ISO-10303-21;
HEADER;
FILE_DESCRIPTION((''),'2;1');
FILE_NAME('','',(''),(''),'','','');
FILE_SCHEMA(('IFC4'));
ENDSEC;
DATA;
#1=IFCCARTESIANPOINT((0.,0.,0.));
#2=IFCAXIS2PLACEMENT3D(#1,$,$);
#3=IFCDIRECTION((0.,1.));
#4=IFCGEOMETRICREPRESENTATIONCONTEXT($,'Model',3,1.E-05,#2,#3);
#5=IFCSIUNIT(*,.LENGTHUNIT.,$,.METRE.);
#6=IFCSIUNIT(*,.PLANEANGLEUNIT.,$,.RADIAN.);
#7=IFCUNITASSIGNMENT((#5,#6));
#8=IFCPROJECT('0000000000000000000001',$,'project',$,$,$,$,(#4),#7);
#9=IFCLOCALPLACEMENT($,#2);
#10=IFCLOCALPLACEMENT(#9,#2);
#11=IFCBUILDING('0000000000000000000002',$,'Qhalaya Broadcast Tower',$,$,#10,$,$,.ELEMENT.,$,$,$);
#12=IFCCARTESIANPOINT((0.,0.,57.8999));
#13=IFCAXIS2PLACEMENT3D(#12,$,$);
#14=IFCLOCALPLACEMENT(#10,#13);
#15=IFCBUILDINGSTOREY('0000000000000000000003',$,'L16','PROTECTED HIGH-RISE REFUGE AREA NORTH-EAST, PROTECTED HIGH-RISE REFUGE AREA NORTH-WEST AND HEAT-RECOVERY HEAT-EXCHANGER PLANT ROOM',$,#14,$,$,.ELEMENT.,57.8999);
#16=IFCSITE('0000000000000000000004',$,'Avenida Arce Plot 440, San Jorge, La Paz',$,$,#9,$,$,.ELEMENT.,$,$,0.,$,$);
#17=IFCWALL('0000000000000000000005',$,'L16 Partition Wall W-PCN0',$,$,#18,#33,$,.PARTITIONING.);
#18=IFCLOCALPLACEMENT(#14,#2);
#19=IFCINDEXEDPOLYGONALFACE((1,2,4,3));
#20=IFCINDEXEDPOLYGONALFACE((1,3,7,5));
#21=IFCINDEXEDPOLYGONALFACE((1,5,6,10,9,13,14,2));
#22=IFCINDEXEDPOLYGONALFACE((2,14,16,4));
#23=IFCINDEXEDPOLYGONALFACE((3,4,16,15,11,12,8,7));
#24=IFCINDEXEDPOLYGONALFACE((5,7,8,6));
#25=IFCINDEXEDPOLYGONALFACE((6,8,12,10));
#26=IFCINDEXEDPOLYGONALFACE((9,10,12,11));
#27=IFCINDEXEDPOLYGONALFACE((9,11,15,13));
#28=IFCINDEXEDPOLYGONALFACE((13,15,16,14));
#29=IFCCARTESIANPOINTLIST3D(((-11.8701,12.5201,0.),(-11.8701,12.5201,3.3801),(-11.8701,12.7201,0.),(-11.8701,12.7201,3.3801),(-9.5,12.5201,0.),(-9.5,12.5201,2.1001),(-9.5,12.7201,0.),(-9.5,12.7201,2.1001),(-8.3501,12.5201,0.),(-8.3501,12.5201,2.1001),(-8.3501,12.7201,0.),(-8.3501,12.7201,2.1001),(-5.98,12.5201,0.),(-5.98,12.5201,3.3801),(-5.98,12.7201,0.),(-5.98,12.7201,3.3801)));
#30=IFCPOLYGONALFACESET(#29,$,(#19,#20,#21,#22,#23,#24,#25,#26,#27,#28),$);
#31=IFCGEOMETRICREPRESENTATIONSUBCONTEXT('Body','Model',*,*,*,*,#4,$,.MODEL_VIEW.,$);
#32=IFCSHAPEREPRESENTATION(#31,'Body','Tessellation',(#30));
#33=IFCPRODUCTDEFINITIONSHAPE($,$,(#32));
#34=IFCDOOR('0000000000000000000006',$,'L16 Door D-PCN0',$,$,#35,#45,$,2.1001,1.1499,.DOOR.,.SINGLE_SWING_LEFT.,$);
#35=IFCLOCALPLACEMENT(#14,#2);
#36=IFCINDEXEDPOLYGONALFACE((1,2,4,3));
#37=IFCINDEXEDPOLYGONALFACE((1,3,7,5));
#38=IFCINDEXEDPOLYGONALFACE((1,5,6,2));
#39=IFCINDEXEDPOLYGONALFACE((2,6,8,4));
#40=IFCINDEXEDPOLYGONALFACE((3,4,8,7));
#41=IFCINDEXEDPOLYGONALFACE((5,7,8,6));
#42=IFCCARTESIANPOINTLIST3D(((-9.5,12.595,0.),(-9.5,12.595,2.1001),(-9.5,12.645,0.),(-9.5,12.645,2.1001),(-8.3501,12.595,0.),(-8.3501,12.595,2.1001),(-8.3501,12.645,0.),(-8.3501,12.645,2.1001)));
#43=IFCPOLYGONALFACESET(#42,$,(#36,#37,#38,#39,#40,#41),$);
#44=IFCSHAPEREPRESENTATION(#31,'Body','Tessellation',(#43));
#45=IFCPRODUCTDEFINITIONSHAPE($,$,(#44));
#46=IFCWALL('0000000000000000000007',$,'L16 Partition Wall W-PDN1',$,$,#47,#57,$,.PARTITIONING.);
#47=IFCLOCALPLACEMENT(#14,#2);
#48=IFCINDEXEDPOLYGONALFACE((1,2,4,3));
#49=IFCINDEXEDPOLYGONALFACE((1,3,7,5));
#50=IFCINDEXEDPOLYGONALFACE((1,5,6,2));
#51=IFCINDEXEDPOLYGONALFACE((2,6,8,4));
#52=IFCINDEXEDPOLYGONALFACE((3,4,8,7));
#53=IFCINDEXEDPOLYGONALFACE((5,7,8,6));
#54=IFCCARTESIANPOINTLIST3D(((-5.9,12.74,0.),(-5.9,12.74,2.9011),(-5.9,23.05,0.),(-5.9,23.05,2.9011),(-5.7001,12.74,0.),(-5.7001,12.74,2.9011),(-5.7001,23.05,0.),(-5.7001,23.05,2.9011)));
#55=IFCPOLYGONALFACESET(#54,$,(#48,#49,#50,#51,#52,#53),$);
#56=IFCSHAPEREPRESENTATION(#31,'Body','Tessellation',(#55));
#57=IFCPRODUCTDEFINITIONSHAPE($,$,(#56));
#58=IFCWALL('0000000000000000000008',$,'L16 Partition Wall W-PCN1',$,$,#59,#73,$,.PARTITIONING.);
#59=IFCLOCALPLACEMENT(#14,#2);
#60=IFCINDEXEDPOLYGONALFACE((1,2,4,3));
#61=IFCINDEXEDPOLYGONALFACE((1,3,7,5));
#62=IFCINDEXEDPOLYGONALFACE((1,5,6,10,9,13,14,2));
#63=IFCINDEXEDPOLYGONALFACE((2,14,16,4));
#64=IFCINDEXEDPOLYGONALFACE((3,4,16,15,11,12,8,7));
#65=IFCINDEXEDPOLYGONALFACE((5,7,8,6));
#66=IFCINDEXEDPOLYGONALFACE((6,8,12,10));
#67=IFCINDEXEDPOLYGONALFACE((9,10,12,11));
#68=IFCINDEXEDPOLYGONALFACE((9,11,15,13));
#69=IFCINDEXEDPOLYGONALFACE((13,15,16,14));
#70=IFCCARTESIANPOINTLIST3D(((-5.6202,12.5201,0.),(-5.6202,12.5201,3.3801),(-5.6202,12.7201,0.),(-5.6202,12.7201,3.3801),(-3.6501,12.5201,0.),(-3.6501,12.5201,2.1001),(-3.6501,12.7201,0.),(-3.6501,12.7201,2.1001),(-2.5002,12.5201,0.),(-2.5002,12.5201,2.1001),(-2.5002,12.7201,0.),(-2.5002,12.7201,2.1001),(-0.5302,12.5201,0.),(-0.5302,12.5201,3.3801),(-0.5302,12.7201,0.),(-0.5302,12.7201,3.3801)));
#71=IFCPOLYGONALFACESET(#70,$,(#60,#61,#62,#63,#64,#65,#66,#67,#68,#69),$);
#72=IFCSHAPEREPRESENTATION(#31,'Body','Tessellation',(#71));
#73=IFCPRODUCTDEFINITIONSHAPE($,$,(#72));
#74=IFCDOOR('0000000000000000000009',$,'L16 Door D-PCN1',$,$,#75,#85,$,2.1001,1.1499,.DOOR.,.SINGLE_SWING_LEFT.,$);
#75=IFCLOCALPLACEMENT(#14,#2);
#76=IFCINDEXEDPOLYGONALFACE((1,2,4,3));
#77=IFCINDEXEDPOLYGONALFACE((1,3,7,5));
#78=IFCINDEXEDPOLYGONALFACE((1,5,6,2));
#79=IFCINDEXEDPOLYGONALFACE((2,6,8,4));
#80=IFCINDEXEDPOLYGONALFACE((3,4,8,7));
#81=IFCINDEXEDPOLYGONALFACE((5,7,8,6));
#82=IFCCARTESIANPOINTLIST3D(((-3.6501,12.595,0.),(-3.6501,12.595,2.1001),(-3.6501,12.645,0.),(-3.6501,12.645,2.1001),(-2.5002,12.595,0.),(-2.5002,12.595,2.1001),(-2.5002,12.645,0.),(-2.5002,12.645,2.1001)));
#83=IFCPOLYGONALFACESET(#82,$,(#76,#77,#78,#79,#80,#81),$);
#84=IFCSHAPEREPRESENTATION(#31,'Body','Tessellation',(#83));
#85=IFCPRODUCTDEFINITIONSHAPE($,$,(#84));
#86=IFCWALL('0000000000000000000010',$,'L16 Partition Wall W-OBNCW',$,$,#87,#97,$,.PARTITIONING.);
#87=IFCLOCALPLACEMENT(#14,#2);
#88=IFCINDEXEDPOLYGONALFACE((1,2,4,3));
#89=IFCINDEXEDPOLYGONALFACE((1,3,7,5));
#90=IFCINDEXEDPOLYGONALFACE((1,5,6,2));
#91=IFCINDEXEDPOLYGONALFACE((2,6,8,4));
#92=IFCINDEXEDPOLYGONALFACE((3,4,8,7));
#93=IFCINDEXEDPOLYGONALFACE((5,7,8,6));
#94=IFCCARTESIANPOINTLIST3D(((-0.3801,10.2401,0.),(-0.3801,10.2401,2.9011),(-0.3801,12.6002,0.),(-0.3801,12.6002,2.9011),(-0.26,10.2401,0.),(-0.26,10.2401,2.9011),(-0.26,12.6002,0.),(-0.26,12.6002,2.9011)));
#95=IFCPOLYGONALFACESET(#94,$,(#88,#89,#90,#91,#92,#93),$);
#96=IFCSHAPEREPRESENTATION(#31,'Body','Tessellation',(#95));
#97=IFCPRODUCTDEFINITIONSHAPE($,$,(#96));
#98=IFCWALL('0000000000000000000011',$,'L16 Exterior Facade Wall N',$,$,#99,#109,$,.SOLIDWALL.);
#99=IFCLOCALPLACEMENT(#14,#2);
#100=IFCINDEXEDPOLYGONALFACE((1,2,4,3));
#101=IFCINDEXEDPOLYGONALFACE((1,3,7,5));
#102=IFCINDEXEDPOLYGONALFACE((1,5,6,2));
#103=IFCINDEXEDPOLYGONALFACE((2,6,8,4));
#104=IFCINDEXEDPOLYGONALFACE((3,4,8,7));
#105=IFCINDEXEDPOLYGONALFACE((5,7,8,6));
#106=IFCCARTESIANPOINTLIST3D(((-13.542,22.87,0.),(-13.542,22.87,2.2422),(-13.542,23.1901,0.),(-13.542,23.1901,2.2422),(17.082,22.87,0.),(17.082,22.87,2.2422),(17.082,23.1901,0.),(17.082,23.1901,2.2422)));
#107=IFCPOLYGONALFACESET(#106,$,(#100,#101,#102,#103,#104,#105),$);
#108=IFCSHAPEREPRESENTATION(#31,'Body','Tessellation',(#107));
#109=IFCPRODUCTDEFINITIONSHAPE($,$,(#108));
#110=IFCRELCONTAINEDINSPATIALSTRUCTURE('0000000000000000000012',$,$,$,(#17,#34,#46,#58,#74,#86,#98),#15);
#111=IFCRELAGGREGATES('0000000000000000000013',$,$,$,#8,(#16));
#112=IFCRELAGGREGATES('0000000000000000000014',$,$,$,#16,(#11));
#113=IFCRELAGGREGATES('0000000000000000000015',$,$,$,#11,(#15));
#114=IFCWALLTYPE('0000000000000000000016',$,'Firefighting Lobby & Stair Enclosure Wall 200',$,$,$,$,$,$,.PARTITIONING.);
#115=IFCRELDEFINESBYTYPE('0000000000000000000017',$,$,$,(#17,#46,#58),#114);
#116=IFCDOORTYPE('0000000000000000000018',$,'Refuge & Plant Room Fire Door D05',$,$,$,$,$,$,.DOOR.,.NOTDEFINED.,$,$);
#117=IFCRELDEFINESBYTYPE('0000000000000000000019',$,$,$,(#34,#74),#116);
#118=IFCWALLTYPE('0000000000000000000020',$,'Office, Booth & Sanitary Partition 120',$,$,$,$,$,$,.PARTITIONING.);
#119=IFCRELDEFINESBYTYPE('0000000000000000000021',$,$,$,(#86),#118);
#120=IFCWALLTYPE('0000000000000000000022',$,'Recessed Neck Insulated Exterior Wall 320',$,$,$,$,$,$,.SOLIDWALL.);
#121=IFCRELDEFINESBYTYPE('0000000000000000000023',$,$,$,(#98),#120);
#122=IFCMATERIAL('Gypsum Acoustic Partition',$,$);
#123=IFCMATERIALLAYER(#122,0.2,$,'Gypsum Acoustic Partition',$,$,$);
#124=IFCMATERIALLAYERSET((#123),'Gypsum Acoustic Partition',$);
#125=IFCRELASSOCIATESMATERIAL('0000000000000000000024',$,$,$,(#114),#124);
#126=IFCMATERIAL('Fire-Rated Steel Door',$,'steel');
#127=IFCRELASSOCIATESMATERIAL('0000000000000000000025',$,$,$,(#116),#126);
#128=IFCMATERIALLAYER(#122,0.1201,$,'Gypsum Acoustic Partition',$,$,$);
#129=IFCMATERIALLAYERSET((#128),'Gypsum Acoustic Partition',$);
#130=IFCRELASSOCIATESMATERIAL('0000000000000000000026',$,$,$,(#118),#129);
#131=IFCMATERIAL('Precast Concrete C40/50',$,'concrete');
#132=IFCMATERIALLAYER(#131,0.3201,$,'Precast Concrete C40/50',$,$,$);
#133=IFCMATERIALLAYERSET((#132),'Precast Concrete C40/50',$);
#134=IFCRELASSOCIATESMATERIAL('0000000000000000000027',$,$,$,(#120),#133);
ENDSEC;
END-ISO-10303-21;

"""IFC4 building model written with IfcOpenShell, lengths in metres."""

from ifc_helpers import new_model, si_unit, direction, frame, frame_2d, origin, place, context, subcontext, project, spatial, rectangle, extrude, material, layer, layer_set, type_object, element, fill, save


model = new_model("IFC4")

# Units and contexts
model_context = context("Model", 3, precision=1e-05, world=origin(), true_north=direction((0.0, 1.0)))
body_context = subcontext(model_context, "Body", "Model", "MODEL_VIEW")
ifc_project = project(units=[si_unit("LENGTHUNIT", "METRE"), si_unit("PLANEANGLEUNIT", "RADIAN")], contexts=[model_context])

# Site, building, storey
site_placement = place(None, origin())
site = spatial("IfcSite", under=ifc_project, at=site_placement, Name="Avenida Arce Plot 440, San Jorge, La Paz", CompositionType="ELEMENT", RefElevation=0.0)
building_placement = place(site_placement, origin())
building = spatial("IfcBuilding", under=site, at=building_placement, Name="Qhalaya Broadcast Tower", CompositionType="ELEMENT")
storey_placement = place(building_placement, frame((0.0, 0.0, 57.8999)))
storey = spatial("IfcBuildingStorey", under=building, at=storey_placement, Name="L16", Description="PROTECTED HIGH-RISE REFUGE AREA NORTH-EAST, PROTECTED HIGH-RISE REFUGE AREA NORTH-WEST AND HEAT-RECOVERY HEAT-EXCHANGER PLANT ROOM", CompositionType="ELEMENT", Elevation=57.8999)

# Wall, opening, door
ifc_material_1 = material(Name="Gypsum Acoustic Partition")
ifc_layer_1 = layer(ifc_material_1, 0.2, Name="Gypsum Acoustic Partition")
ifc_layer_set_1 = layer_set([ifc_layer_1], Name="Gypsum Acoustic Partition")
wall_type_1 = type_object("IfcWallType", Name="Firefighting Lobby & Stair Enclosure Wall 200", PredefinedType="PARTITIONING", material=ifc_layer_set_1)
wall_1_placement = place(storey_placement, frame((-11.8701, 12.6201, 0.0), z_axis=(0.0, 0.0, 1.0), x_axis=(1.0, 0.0, 0.0)))
wall_1 = element("IfcWall", 1, at=wall_1_placement, inside=storey, type_object=wall_type_1, Name="L16 Partition Wall W-PCN0", PredefinedType="PARTITIONING", context=body_context, shape_type="SweptSolid", body=[
    extrude(rectangle(XDim=5.8901, YDim=0.2, at=frame_2d((2.9451, 0.0))), origin(), (0.0, 0.0, 1.0), 3.3801),
])
opening_1_placement = place(wall_1_placement, frame((2.3701, 0.0, 0.0)))
opening_1 = element("IfcOpeningElement", 2, at=opening_1_placement, cuts=wall_1, PredefinedType="OPENING", context=body_context, shape_type="SweptSolid", body=[
    extrude(rectangle(XDim=1.1499, YDim=2.1001, at=frame_2d((0.575, 1.05))), frame((0.0, 0.1121, 0.0), z_axis=(0.0, -1.0, 0.0), x_axis=(1.0, 0.0, 0.0)), (0.0, 0.0, 1.0), 0.2239),
])
ifc_material_2 = material(Name="Fire-Rated Steel Door", Category="steel")
door_type = type_object("IfcDoorType", Name="Refuge & Plant Room Fire Door D05", OperationType="NOTDEFINED", PredefinedType="DOOR", material=ifc_material_2)
door_1_placement = place(opening_1_placement, origin())
door_1 = element("IfcDoor", 3, at=door_1_placement, inside=storey, type_object=door_type, Name="L16 Door D-PCN0", OperationType="SINGLE_SWING_LEFT", OverallHeight=2.1001, OverallWidth=1.1499, PredefinedType="DOOR", context=body_context, shape_type="SweptSolid", body=[
    extrude(rectangle(XDim=1.1499, YDim=2.1001, at=frame_2d((0.575, 1.05))), frame((0.0, 0.0249, 0.0), z_axis=(0.0, -1.0, 0.0), x_axis=(1.0, 0.0, 0.0)), (0.0, 0.0, 1.0), 0.05),
])
fill(opening_1, door_1)

# Wall
wall_2_placement = place(storey_placement, frame((-5.8, 12.74, 0.0), z_axis=(0.0, 0.0, 1.0), x_axis=(0.0, 1.0, 0.0)))
element("IfcWall", 4, at=wall_2_placement, inside=storey, type_object=wall_type_1, Name="L16 Partition Wall W-PDN1", PredefinedType="PARTITIONING", context=body_context, shape_type="SweptSolid", body=[
    extrude(rectangle(XDim=10.3101, YDim=0.2, at=frame_2d((5.155, 0.0))), origin(), (0.0, 0.0, 1.0), 2.9011),
])

# Wall, opening, door
wall_3_placement = place(storey_placement, frame((-5.6201, 12.6201, 0.0), z_axis=(0.0, 0.0, 1.0), x_axis=(1.0, 0.0, 0.0)))
wall_3 = element("IfcWall", 5, at=wall_3_placement, inside=storey, type_object=wall_type_1, Name="L16 Partition Wall W-PCN1", PredefinedType="PARTITIONING", context=body_context, shape_type="SweptSolid", body=[
    extrude(rectangle(XDim=5.0901, YDim=0.2, at=frame_2d((2.5449, 0.0))), origin(), (0.0, 0.0, 1.0), 3.3801),
])
opening_2_placement = place(wall_3_placement, frame((1.97, 0.0, 0.0)))
opening_2 = element("IfcOpeningElement", 6, at=opening_2_placement, cuts=wall_3, PredefinedType="OPENING", context=body_context, shape_type="SweptSolid", body=[
    extrude(rectangle(XDim=1.1499, YDim=2.1001, at=frame_2d((0.575, 1.05))), frame((0.0, 0.1121, 0.0), z_axis=(0.0, -1.0, 0.0), x_axis=(1.0, 0.0, 0.0)), (0.0, 0.0, 1.0), 0.2239),
])
door_2_placement = place(opening_2_placement, origin())
door_2 = element("IfcDoor", 7, at=door_2_placement, inside=storey, type_object=door_type, Name="L16 Door D-PCN1", OperationType="SINGLE_SWING_LEFT", OverallHeight=2.1001, OverallWidth=1.1499, PredefinedType="DOOR", context=body_context, shape_type="SweptSolid", body=[
    extrude(rectangle(XDim=1.1499, YDim=2.1001, at=frame_2d((0.575, 1.05))), frame((0.0, 0.0249, 0.0), z_axis=(0.0, -1.0, 0.0), x_axis=(1.0, 0.0, 0.0)), (0.0, 0.0, 1.0), 0.05),
])
fill(opening_2, door_2)

# Walls
ifc_layer_2 = layer(ifc_material_1, 0.1201, Name="Gypsum Acoustic Partition")
ifc_layer_set_2 = layer_set([ifc_layer_2], Name="Gypsum Acoustic Partition")
wall_type_2 = type_object("IfcWallType", Name="Office, Booth & Sanitary Partition 120", PredefinedType="PARTITIONING", material=ifc_layer_set_2)
wall_4_placement = place(storey_placement, frame((-0.3201, 10.24, 0.0), z_axis=(0.0, 0.0, 1.0), x_axis=(0.0, 1.0, 0.0)))
element("IfcWall", 8, at=wall_4_placement, inside=storey, type_object=wall_type_2, Name="L16 Partition Wall W-OBNCW", PredefinedType="PARTITIONING", context=body_context, shape_type="SweptSolid", body=[
    extrude(rectangle(XDim=2.3601, YDim=0.1201, at=frame_2d((1.1802, 0.0))), origin(), (0.0, 0.0, 1.0), 2.9011),
])
ifc_material_3 = material(Name="Precast Concrete C40/50", Category="concrete")
ifc_layer_3 = layer(ifc_material_3, 0.3201, Name="Precast Concrete C40/50")
ifc_layer_set_3 = layer_set([ifc_layer_3], Name="Precast Concrete C40/50")
wall_type_3 = type_object("IfcWallType", Name="Recessed Neck Insulated Exterior Wall 320", PredefinedType="SOLIDWALL", material=ifc_layer_set_3)
wall_5_placement = place(storey_placement, frame((-13.542, 23.03, 0.0), z_axis=(0.0, 0.0, 1.0), x_axis=(1.0, 0.0, 0.0)))
element("IfcWall", 9, at=wall_5_placement, inside=storey, type_object=wall_type_3, Name="L16 Exterior Facade Wall N", PredefinedType="SOLIDWALL", context=body_context, shape_type="SweptSolid", body=[
    extrude(rectangle(XDim=30.624, YDim=0.3201, at=frame_2d((15.312, 0.0))), origin(), (0.0, 0.0, 1.0), 2.2422),
])

save(model, "model.ifc")
